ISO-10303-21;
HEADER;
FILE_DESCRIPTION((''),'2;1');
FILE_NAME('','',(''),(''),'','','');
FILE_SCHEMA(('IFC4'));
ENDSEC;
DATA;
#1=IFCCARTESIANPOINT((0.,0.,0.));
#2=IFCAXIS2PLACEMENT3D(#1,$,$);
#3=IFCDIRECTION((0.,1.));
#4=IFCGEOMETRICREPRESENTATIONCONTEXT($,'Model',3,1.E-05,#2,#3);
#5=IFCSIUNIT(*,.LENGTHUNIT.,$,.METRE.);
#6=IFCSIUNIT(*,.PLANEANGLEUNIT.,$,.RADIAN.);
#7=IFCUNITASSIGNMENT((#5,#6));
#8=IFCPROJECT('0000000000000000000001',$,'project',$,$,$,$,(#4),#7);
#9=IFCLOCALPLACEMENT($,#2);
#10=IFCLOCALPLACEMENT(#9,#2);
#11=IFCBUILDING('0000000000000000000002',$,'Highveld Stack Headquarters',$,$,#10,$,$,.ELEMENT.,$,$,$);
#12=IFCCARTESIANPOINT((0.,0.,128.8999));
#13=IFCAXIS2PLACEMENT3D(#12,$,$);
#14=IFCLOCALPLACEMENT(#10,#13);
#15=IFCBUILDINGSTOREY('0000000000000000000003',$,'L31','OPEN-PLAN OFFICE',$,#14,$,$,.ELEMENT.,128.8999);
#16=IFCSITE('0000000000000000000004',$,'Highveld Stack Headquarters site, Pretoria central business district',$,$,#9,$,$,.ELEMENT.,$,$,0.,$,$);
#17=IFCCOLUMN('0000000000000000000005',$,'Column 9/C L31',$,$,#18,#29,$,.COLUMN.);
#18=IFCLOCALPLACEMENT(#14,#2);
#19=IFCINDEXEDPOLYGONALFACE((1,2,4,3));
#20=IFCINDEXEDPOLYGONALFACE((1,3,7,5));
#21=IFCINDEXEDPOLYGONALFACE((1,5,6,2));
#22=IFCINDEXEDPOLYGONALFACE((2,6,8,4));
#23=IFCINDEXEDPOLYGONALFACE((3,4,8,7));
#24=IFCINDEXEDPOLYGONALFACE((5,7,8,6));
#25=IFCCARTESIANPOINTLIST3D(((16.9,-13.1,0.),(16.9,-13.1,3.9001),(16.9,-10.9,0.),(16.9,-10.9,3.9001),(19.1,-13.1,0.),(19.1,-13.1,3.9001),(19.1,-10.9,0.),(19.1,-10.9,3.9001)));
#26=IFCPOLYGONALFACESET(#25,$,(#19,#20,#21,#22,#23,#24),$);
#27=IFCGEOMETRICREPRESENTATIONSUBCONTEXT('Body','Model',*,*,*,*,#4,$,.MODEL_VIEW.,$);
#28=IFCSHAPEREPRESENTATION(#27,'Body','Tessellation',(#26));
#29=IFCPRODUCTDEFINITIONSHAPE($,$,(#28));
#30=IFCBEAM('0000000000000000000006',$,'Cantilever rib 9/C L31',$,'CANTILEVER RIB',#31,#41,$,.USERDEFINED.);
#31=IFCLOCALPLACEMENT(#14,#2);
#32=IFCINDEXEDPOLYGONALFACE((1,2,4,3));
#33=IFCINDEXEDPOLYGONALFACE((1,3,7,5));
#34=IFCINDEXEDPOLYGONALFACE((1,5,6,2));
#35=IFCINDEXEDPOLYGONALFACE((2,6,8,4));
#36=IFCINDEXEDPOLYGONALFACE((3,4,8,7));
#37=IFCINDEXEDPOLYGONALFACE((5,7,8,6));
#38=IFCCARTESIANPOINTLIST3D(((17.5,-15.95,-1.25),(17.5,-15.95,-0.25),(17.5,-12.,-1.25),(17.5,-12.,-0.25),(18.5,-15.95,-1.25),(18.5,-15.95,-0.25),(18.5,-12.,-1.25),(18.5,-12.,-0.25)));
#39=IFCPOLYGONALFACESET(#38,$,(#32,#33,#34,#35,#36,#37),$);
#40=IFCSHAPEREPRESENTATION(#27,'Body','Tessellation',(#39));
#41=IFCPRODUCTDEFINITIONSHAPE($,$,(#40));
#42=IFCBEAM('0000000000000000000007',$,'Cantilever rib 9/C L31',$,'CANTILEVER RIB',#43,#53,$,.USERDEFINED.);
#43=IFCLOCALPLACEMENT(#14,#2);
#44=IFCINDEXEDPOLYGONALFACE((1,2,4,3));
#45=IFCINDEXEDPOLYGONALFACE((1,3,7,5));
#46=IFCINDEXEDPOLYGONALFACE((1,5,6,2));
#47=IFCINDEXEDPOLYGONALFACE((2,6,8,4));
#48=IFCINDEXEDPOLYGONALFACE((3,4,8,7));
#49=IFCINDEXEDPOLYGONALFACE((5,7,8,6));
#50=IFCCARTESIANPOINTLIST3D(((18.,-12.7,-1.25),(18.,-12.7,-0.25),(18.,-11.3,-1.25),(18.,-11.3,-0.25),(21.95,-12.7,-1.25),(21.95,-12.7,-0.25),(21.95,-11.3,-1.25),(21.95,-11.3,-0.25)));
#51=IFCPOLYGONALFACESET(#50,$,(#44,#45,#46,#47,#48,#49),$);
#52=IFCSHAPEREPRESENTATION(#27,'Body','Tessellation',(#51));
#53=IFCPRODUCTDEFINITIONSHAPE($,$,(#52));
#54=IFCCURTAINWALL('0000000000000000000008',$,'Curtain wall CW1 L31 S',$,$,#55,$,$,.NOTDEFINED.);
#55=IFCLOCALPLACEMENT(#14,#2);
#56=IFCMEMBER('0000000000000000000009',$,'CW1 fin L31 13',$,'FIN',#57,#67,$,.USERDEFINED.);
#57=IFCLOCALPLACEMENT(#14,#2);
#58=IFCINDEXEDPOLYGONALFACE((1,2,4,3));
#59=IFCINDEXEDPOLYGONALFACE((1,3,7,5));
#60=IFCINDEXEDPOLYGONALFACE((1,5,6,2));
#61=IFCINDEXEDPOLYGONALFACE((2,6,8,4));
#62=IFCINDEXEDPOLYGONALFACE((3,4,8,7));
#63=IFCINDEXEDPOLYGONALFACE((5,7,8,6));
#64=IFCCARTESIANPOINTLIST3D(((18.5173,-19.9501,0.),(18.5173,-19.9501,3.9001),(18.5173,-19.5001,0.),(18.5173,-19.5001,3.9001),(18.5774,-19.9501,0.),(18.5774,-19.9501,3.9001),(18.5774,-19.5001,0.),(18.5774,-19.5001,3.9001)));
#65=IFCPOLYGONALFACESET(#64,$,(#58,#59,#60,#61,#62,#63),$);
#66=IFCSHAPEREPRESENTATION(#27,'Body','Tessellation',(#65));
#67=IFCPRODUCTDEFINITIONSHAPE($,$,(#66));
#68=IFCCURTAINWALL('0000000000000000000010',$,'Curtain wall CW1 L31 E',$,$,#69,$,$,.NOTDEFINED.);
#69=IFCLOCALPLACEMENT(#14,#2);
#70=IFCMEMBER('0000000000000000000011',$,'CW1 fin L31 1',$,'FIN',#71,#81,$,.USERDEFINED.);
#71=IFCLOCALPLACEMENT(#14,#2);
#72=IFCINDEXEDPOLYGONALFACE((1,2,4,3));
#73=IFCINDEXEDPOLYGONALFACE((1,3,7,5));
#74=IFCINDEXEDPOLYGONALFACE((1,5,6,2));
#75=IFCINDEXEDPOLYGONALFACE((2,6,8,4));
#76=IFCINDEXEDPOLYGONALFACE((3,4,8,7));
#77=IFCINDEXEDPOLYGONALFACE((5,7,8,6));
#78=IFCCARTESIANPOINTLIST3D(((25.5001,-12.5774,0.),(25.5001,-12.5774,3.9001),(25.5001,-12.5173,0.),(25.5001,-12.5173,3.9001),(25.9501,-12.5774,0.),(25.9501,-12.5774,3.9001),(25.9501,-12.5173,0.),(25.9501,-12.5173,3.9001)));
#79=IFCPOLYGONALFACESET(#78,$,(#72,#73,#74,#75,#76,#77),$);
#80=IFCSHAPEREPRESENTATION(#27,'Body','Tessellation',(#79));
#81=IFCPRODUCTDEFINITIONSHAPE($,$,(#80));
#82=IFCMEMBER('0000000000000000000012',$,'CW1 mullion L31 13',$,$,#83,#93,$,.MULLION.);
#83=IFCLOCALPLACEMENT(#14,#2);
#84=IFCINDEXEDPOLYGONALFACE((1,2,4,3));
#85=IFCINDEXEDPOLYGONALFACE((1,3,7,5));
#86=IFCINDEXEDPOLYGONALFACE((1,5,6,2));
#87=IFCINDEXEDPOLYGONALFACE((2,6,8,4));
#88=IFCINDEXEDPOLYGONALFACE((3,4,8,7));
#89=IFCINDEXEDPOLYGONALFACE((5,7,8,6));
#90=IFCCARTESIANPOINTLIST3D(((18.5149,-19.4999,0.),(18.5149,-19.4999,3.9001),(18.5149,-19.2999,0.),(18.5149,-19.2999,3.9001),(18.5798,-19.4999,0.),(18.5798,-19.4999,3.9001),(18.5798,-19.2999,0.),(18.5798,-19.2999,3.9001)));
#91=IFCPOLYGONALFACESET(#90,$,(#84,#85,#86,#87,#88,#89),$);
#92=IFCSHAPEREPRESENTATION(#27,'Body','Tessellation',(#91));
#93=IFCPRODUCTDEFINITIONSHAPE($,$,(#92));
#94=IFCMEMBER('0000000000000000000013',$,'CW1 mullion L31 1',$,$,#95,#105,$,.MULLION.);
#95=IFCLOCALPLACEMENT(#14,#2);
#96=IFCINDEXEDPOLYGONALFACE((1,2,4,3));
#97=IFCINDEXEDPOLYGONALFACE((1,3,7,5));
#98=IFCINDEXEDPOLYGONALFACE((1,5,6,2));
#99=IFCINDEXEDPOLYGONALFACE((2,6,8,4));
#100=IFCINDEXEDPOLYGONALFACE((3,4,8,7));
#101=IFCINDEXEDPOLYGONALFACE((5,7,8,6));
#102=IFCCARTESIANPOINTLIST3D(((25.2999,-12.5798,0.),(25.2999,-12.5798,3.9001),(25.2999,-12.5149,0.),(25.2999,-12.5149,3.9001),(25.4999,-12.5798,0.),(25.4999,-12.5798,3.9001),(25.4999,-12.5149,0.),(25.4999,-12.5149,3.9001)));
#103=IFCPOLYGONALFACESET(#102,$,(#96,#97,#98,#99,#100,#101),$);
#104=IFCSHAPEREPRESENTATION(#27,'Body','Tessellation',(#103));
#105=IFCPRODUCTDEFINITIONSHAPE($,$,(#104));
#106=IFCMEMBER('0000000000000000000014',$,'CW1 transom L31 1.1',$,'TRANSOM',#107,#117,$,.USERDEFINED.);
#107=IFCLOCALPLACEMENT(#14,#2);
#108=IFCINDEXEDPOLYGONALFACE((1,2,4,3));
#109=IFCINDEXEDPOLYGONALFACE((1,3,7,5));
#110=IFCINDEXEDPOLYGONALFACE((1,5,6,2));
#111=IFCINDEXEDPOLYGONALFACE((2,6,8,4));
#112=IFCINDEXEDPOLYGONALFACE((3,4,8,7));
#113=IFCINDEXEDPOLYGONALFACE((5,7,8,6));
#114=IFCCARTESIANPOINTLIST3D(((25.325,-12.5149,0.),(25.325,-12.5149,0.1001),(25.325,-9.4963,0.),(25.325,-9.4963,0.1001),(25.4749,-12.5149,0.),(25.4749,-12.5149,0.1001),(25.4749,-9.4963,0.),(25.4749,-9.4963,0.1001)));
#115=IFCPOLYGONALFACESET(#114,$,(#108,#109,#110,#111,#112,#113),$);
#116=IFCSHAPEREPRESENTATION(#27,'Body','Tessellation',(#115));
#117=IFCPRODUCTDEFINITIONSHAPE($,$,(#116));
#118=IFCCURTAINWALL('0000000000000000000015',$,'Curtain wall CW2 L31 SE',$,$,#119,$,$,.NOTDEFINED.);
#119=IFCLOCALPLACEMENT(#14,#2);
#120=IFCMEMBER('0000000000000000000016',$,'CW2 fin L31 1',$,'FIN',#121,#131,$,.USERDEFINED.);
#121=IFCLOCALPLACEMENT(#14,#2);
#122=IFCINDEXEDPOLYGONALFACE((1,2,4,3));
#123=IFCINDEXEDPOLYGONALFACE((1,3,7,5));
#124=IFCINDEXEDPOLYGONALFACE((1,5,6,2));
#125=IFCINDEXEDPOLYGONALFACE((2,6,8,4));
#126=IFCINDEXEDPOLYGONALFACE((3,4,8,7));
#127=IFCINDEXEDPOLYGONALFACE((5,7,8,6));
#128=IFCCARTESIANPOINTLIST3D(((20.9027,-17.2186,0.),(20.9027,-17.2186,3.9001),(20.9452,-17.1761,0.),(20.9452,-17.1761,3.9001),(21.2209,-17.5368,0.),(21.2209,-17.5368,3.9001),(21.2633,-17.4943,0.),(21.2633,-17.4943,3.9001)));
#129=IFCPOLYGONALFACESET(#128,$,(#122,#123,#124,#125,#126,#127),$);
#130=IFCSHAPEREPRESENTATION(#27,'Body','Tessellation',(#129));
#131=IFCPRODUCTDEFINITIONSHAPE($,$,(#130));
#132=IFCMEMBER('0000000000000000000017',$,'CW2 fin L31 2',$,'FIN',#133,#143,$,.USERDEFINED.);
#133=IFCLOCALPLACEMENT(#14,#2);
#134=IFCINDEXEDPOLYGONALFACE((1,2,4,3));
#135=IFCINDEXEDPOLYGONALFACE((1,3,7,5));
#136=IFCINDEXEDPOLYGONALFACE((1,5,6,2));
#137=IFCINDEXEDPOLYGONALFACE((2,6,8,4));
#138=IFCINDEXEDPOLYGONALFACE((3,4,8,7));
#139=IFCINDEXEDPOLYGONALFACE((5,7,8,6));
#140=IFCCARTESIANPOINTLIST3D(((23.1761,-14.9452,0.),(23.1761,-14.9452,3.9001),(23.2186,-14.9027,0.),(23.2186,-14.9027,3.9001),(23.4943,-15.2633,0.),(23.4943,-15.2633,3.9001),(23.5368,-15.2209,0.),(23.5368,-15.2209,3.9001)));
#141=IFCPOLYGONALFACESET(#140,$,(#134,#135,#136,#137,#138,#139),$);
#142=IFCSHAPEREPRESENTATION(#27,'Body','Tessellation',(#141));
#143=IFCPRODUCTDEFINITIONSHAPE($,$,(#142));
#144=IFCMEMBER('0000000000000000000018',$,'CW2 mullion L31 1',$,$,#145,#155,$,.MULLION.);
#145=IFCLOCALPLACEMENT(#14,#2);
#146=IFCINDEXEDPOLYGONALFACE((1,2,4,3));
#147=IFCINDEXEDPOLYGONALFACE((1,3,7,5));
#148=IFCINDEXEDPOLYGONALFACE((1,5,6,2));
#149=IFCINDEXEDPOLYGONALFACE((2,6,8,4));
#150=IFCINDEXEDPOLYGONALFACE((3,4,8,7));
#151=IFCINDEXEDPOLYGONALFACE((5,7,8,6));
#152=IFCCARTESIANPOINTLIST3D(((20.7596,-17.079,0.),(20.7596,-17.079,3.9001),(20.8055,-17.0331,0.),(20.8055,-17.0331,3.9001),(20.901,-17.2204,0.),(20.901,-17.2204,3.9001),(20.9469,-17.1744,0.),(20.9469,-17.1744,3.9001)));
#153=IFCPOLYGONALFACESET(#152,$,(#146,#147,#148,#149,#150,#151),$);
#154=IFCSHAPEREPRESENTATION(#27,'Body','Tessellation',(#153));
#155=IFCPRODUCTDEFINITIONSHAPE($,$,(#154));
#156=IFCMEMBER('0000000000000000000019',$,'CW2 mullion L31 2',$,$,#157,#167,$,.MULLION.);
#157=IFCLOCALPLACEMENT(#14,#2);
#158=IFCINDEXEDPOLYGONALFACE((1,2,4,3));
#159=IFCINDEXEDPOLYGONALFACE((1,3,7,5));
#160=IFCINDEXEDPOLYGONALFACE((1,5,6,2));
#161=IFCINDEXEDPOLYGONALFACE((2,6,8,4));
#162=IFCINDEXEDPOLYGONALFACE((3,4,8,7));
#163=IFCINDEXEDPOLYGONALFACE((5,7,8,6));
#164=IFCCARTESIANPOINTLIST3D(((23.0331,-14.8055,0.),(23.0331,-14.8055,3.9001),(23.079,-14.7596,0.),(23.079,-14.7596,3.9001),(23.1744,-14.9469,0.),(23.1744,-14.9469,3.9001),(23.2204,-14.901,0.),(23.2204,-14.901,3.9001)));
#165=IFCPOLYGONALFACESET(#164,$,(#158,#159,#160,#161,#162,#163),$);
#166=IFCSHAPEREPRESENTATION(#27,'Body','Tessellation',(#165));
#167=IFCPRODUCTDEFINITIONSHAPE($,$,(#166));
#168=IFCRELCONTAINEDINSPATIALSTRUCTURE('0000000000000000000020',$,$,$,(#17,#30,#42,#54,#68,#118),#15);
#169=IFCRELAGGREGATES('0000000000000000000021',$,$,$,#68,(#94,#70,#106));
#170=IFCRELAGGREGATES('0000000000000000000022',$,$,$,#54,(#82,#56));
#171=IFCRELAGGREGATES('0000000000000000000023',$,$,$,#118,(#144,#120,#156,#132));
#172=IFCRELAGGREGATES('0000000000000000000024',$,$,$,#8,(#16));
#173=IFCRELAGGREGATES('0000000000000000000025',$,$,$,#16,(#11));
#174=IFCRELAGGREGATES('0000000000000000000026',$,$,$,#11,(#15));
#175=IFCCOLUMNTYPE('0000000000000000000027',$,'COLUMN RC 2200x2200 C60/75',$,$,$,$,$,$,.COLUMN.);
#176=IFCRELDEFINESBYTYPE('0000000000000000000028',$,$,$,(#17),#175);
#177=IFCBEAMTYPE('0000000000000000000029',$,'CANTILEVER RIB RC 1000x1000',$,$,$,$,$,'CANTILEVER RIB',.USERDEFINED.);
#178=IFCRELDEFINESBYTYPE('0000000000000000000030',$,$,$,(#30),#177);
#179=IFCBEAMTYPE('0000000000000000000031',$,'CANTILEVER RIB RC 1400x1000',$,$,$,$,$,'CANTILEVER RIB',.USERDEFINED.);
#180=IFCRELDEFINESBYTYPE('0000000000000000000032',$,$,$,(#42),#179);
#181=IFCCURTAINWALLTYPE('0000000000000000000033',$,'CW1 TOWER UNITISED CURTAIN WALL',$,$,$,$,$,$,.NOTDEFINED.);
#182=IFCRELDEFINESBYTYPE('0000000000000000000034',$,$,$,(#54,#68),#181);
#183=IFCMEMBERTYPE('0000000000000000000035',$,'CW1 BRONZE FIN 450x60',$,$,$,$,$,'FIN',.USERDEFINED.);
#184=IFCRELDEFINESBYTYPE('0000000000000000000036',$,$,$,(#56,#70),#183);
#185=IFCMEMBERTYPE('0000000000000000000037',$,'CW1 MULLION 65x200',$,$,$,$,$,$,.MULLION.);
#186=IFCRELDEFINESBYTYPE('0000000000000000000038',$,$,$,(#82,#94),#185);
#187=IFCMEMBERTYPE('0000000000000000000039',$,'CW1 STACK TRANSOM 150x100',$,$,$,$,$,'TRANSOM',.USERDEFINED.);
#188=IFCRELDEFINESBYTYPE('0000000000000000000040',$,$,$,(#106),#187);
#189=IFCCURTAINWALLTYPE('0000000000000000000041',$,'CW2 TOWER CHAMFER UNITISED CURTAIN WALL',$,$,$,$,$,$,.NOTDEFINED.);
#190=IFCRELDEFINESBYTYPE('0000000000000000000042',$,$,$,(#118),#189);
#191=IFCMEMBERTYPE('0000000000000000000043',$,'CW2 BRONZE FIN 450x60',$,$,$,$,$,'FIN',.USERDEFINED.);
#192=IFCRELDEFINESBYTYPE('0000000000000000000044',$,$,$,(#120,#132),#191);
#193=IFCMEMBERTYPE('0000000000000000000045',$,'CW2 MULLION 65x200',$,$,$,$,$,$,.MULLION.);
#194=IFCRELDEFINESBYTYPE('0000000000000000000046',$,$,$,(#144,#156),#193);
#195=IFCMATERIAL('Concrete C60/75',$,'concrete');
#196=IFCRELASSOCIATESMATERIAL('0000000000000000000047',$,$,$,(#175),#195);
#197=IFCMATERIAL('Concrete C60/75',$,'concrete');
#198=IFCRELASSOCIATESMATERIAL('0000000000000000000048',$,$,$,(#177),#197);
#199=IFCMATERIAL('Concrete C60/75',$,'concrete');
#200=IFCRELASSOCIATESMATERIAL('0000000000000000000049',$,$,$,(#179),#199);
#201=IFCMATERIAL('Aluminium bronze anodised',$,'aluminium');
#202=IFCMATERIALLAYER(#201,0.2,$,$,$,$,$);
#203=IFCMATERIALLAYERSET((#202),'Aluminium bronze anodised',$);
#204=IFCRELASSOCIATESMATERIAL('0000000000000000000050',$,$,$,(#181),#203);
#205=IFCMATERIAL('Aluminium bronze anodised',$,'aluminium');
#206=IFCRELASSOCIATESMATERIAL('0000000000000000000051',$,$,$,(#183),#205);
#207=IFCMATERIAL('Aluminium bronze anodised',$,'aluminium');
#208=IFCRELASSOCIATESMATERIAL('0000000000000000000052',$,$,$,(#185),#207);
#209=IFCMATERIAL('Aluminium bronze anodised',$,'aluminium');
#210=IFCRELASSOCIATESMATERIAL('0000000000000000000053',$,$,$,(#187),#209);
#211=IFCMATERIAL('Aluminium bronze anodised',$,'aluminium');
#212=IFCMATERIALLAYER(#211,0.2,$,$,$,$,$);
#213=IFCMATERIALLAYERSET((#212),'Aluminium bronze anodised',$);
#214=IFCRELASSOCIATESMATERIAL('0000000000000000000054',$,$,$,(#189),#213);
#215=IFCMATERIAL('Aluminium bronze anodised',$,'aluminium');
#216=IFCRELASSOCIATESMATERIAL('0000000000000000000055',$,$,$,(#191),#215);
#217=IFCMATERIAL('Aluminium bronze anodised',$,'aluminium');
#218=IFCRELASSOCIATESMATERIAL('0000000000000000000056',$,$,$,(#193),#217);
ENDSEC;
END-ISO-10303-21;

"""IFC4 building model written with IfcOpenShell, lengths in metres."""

from ifc_helpers import new_model, si_unit, direction, frame, origin, origin_2d, place, context, subcontext, project, spatial, rectangle, extrude, material, layer, layer_set, material_profile, profile_set, type_object, element, aggregate, save


model = new_model("IFC4")

# Units and contexts
model_context = context("Model", 3, precision=1e-05, world=origin(), true_north=direction((0.0, 1.0)))
body_context = subcontext(model_context, "Body", "Model", "MODEL_VIEW")
ifc_project = project(units=[si_unit("LENGTHUNIT", "METRE"), si_unit("PLANEANGLEUNIT", "RADIAN")], contexts=[model_context])

# Site, building, storey
site_placement = place(None, origin())
site = spatial("IfcSite", under=ifc_project, at=site_placement, Name="Highveld Stack Headquarters site, Pretoria central business district", CompositionType="ELEMENT", RefElevation=0.0)
building_placement = place(site_placement, origin())
building = spatial("IfcBuilding", under=site, at=building_placement, Name="Highveld Stack Headquarters", CompositionType="ELEMENT")
storey_placement = place(building_placement, frame((0.0, 0.0, 128.8999)))
storey = spatial("IfcBuildingStorey", under=building, at=storey_placement, Name="L31", Description="OPEN-PLAN OFFICE", CompositionType="ELEMENT", Elevation=128.8999)

# Column
ifc_material_1 = material(Name="Concrete C60/75", Category="concrete")
ifc_material_profile_1 = material_profile(ifc_material_1, rectangle(XDim=2.2, YDim=2.2, at=origin_2d()), Name="RC 2200x2200")
ifc_profile_set_1 = profile_set([ifc_material_profile_1], Name="Concrete C60/75")
column_type = type_object("IfcColumnType", Name="COLUMN RC 2200x2200 C60/75", PredefinedType="COLUMN", material=ifc_profile_set_1)
column_placement = place(storey_placement, frame((18.0, -12.0, 0.0), z_axis=(0.0, 0.0, 1.0), x_axis=(1.0, 0.0, 0.0)))
element("IfcColumn", 1, at=column_placement, inside=storey, type_object=column_type, Name="Column 9/C L31", PredefinedType="COLUMN", context=body_context, shape_type="SweptSolid", body=[
    extrude(rectangle(XDim=2.2, YDim=2.2, at=origin_2d()), origin(), (0.0, 0.0, 1.0), 3.9001),
])

# Beams
ifc_material_2 = material(Name="Concrete C60/75", Category="concrete")
ifc_material_profile_2 = material_profile(ifc_material_2, rectangle(XDim=1.0, YDim=1.0, at=origin_2d()), Name="RC 1000x1000")
ifc_profile_set_2 = profile_set([ifc_material_profile_2], Name="Concrete C60/75")
beam_type_1 = type_object("IfcBeamType", Name="CANTILEVER RIB RC 1000x1000", ElementType="CANTILEVER RIB", PredefinedType="USERDEFINED", material=ifc_profile_set_2)
beam_1_placement = place(storey_placement, frame((18.0, -12.0, -0.75), z_axis=(0.0, -1.0, 0.0), x_axis=(1.0, 0.0, 0.0)))
element("IfcBeam", 2, at=beam_1_placement, inside=storey, type_object=beam_type_1, Name="Cantilever rib 9/C L31", ObjectType="CANTILEVER RIB", PredefinedType="USERDEFINED", context=body_context, shape_type="SweptSolid", body=[
    extrude(rectangle(XDim=1.0, YDim=1.0, at=origin_2d()), origin(), (0.0, 0.0, 1.0), 3.95),
])
ifc_material_3 = material(Name="Concrete C60/75", Category="concrete")
ifc_material_profile_3 = material_profile(ifc_material_3, rectangle(XDim=1.3999, YDim=1.0, at=origin_2d()), Name="RC 1400x1000")
ifc_profile_set_3 = profile_set([ifc_material_profile_3], Name="Concrete C60/75")
beam_type_2 = type_object("IfcBeamType", Name="CANTILEVER RIB RC 1400x1000", ElementType="CANTILEVER RIB", PredefinedType="USERDEFINED", material=ifc_profile_set_3)
beam_2_placement = place(storey_placement, frame((18.0, -12.0, -0.75), z_axis=(1.0, 0.0, 0.0), x_axis=(0.0, 1.0, 0.0)))
element("IfcBeam", 3, at=beam_2_placement, inside=storey, type_object=beam_type_2, Name="Cantilever rib 9/C L31", ObjectType="CANTILEVER RIB", PredefinedType="USERDEFINED", context=body_context, shape_type="SweptSolid", body=[
    extrude(rectangle(XDim=1.3999, YDim=1.0, at=origin_2d()), origin(), (0.0, 0.0, 1.0), 3.95),
])

# Curtain walls, members
ifc_material_4 = material(Name="Aluminium bronze anodised", Category="aluminium")
ifc_layer_1 = layer(ifc_material_4, 0.2)
ifc_layer_set_1 = layer_set([ifc_layer_1], Name="Aluminium bronze anodised")
curtain_wall_type_1 = type_object("IfcCurtainWallType", Name="CW1 TOWER UNITISED CURTAIN WALL", PredefinedType="NOTDEFINED", material=ifc_layer_set_1)
curtain_wall_1_placement = place(storey_placement, origin())
curtain_wall_1 = element("IfcCurtainWall", 4, at=curtain_wall_1_placement, inside=storey, type_object=curtain_wall_type_1, Name="Curtain wall CW1 L31 S", PredefinedType="NOTDEFINED")
ifc_material_5 = material(Name="Aluminium bronze anodised", Category="aluminium")
ifc_material_profile_4 = material_profile(ifc_material_5, rectangle(XDim=0.45, YDim=0.0601, at=origin_2d()), Name="FIN 450x60")
ifc_profile_set_4 = profile_set([ifc_material_profile_4], Name="Aluminium bronze anodised")
member_type_1 = type_object("IfcMemberType", Name="CW1 BRONZE FIN 450x60", ElementType="FIN", PredefinedType="USERDEFINED", material=ifc_profile_set_4)
member_1_placement = place(storey_placement, frame((18.5474, -19.7251, 0.0), z_axis=(0.0, 0.0, 1.0), x_axis=(0.0, 1.0, 0.0)))
member_1 = element("IfcMember", 5, at=member_1_placement, type_object=member_type_1, Name="CW1 fin L31 13", ObjectType="FIN", PredefinedType="USERDEFINED", context=body_context, shape_type="SweptSolid", body=[
    extrude(rectangle(XDim=0.45, YDim=0.0601, at=origin_2d()), origin(), (0.0, 0.0, 1.0), 3.9001),
])
curtain_wall_2_placement = place(storey_placement, origin())
curtain_wall_2 = element("IfcCurtainWall", 6, at=curtain_wall_2_placement, inside=storey, type_object=curtain_wall_type_1, Name="Curtain wall CW1 L31 E", PredefinedType="NOTDEFINED")
member_2_placement = place(storey_placement, frame((25.7251, -12.5474, 0.0), z_axis=(0.0, 0.0, 1.0), x_axis=(-1.0, 0.0, 0.0)))
member_2 = element("IfcMember", 7, at=member_2_placement, type_object=member_type_1, Name="CW1 fin L31 1", ObjectType="FIN", PredefinedType="USERDEFINED", context=body_context, shape_type="SweptSolid", body=[
    extrude(rectangle(XDim=0.45, YDim=0.0601, at=origin_2d()), origin(), (0.0, 0.0, 1.0), 3.9001),
])

# Members
ifc_material_6 = material(Name="Aluminium bronze anodised", Category="aluminium")
ifc_material_profile_5 = material_profile(ifc_material_6, rectangle(XDim=0.2, YDim=0.0649, at=origin_2d()), Name="CW1 MULLION 65x200")
ifc_profile_set_5 = profile_set([ifc_material_profile_5], Name="Aluminium bronze anodised")
member_type_2 = type_object("IfcMemberType", Name="CW1 MULLION 65x200", PredefinedType="MULLION", material=ifc_profile_set_5)
member_3_placement = place(storey_placement, frame((18.5474, -19.3999, 0.0), z_axis=(0.0, 0.0, 1.0), x_axis=(0.0, 1.0, 0.0)))
member_3 = element("IfcMember", 8, at=member_3_placement, type_object=member_type_2, Name="CW1 mullion L31 13", PredefinedType="MULLION", context=body_context, shape_type="SweptSolid", body=[
    extrude(rectangle(XDim=0.2, YDim=0.0649, at=origin_2d()), origin(), (0.0, 0.0, 1.0), 3.9001),
])
member_4_placement = place(storey_placement, frame((25.3999, -12.5474, 0.0), z_axis=(0.0, 0.0, 1.0), x_axis=(-1.0, 0.0, 0.0)))
member_4 = element("IfcMember", 9, at=member_4_placement, type_object=member_type_2, Name="CW1 mullion L31 1", PredefinedType="MULLION", context=body_context, shape_type="SweptSolid", body=[
    extrude(rectangle(XDim=0.2, YDim=0.0649, at=origin_2d()), origin(), (0.0, 0.0, 1.0), 3.9001),
])
ifc_material_7 = material(Name="Aluminium bronze anodised", Category="aluminium")
ifc_material_profile_6 = material_profile(ifc_material_7, rectangle(XDim=0.1499, YDim=0.1001, at=origin_2d()), Name="CW1 TRANSOM 150x100")
ifc_profile_set_6 = profile_set([ifc_material_profile_6], Name="Aluminium bronze anodised")
member_type_3 = type_object("IfcMemberType", Name="CW1 STACK TRANSOM 150x100", ElementType="TRANSOM", PredefinedType="USERDEFINED", material=ifc_profile_set_6)
member_5_placement = place(storey_placement, frame((25.3999, -12.5149, 0.05), z_axis=(0.0, 1.0, 0.0), x_axis=(-1.0, 0.0, 0.0)))
member_5 = element("IfcMember", 10, at=member_5_placement, type_object=member_type_3, Name="CW1 transom L31 1.1", ObjectType="TRANSOM", PredefinedType="USERDEFINED", context=body_context, shape_type="SweptSolid", body=[
    extrude(rectangle(XDim=0.1499, YDim=0.1001, at=origin_2d()), origin(), (0.0, 0.0, 1.0), 3.0186),
])
aggregate(curtain_wall_2, [member_4, member_2, member_5])

# Curtain wall, members
ifc_material_8 = material(Name="Aluminium bronze anodised", Category="aluminium")
ifc_layer_2 = layer(ifc_material_8, 0.2)
ifc_layer_set_2 = layer_set([ifc_layer_2], Name="Aluminium bronze anodised")
curtain_wall_type_2 = type_object("IfcCurtainWallType", Name="CW2 TOWER CHAMFER UNITISED CURTAIN WALL", PredefinedType="NOTDEFINED", material=ifc_layer_set_2)
curtain_wall_3_placement = place(storey_placement, origin())
curtain_wall_3 = element("IfcCurtainWall", 11, at=curtain_wall_3_placement, inside=storey, type_object=curtain_wall_type_2, Name="Curtain wall CW2 L31 SE", PredefinedType="NOTDEFINED")
ifc_material_9 = material(Name="Aluminium bronze anodised", Category="aluminium")
ifc_material_profile_7 = material_profile(ifc_material_9, rectangle(XDim=0.45, YDim=0.0601, at=origin_2d()), Name="FIN 450x60")
ifc_profile_set_7 = profile_set([ifc_material_profile_7], Name="Aluminium bronze anodised")
member_type_4 = type_object("IfcMemberType", Name="CW2 BRONZE FIN 450x60", ElementType="FIN", PredefinedType="USERDEFINED", material=ifc_profile_set_7)
member_6_placement = place(storey_placement, frame((21.083, -17.3564, 0.0), z_axis=(0.0, 0.0, 1.0), x_axis=(-0.707107, 0.707107, 0.0)))
member_6 = element("IfcMember", 12, at=member_6_placement, type_object=member_type_4, Name="CW2 fin L31 1", ObjectType="FIN", PredefinedType="USERDEFINED", context=body_context, shape_type="SweptSolid", body=[
    extrude(rectangle(XDim=0.45, YDim=0.0601, at=origin_2d()), origin(), (0.0, 0.0, 1.0), 3.9001),
])
member_7_placement = place(storey_placement, frame((23.3564, -15.083, 0.0), z_axis=(0.0, 0.0, 1.0), x_axis=(-0.707107, 0.707107, 0.0)))
member_7 = element("IfcMember", 13, at=member_7_placement, type_object=member_type_4, Name="CW2 fin L31 2", ObjectType="FIN", PredefinedType="USERDEFINED", context=body_context, shape_type="SweptSolid", body=[
    extrude(rectangle(XDim=0.45, YDim=0.0601, at=origin_2d()), origin(), (0.0, 0.0, 1.0), 3.9001),
])
ifc_material_10 = material(Name="Aluminium bronze anodised", Category="aluminium")
ifc_material_profile_8 = material_profile(ifc_material_10, rectangle(XDim=0.2, YDim=0.0649, at=origin_2d()), Name="CW2 MULLION 65x200")
ifc_profile_set_8 = profile_set([ifc_material_profile_8], Name="Aluminium bronze anodised")
member_type_5 = type_object("IfcMemberType", Name="CW2 MULLION 65x200", PredefinedType="MULLION", material=ifc_profile_set_8)
member_8_placement = place(storey_placement, frame((20.8533, -17.1267, 0.0), z_axis=(0.0, 0.0, 1.0), x_axis=(-0.707107, 0.707107, 0.0)))
member_8 = element("IfcMember", 14, at=member_8_placement, type_object=member_type_5, Name="CW2 mullion L31 1", PredefinedType="MULLION", context=body_context, shape_type="SweptSolid", body=[
    extrude(rectangle(XDim=0.2, YDim=0.0649, at=origin_2d()), origin(), (0.0, 0.0, 1.0), 3.9001),
])
member_9_placement = place(storey_placement, frame((23.1267, -14.8533, 0.0), z_axis=(0.0, 0.0, 1.0), x_axis=(-0.707107, 0.707107, 0.0)))
member_9 = element("IfcMember", 15, at=member_9_placement, type_object=member_type_5, Name="CW2 mullion L31 2", PredefinedType="MULLION", context=body_context, shape_type="SweptSolid", body=[
    extrude(rectangle(XDim=0.2, YDim=0.0649, at=origin_2d()), origin(), (0.0, 0.0, 1.0), 3.9001),
])

aggregate(curtain_wall_1, [member_3, member_1])
aggregate(curtain_wall_3, [member_8, member_6, member_9, member_7])

save(model, "model.ifc")
